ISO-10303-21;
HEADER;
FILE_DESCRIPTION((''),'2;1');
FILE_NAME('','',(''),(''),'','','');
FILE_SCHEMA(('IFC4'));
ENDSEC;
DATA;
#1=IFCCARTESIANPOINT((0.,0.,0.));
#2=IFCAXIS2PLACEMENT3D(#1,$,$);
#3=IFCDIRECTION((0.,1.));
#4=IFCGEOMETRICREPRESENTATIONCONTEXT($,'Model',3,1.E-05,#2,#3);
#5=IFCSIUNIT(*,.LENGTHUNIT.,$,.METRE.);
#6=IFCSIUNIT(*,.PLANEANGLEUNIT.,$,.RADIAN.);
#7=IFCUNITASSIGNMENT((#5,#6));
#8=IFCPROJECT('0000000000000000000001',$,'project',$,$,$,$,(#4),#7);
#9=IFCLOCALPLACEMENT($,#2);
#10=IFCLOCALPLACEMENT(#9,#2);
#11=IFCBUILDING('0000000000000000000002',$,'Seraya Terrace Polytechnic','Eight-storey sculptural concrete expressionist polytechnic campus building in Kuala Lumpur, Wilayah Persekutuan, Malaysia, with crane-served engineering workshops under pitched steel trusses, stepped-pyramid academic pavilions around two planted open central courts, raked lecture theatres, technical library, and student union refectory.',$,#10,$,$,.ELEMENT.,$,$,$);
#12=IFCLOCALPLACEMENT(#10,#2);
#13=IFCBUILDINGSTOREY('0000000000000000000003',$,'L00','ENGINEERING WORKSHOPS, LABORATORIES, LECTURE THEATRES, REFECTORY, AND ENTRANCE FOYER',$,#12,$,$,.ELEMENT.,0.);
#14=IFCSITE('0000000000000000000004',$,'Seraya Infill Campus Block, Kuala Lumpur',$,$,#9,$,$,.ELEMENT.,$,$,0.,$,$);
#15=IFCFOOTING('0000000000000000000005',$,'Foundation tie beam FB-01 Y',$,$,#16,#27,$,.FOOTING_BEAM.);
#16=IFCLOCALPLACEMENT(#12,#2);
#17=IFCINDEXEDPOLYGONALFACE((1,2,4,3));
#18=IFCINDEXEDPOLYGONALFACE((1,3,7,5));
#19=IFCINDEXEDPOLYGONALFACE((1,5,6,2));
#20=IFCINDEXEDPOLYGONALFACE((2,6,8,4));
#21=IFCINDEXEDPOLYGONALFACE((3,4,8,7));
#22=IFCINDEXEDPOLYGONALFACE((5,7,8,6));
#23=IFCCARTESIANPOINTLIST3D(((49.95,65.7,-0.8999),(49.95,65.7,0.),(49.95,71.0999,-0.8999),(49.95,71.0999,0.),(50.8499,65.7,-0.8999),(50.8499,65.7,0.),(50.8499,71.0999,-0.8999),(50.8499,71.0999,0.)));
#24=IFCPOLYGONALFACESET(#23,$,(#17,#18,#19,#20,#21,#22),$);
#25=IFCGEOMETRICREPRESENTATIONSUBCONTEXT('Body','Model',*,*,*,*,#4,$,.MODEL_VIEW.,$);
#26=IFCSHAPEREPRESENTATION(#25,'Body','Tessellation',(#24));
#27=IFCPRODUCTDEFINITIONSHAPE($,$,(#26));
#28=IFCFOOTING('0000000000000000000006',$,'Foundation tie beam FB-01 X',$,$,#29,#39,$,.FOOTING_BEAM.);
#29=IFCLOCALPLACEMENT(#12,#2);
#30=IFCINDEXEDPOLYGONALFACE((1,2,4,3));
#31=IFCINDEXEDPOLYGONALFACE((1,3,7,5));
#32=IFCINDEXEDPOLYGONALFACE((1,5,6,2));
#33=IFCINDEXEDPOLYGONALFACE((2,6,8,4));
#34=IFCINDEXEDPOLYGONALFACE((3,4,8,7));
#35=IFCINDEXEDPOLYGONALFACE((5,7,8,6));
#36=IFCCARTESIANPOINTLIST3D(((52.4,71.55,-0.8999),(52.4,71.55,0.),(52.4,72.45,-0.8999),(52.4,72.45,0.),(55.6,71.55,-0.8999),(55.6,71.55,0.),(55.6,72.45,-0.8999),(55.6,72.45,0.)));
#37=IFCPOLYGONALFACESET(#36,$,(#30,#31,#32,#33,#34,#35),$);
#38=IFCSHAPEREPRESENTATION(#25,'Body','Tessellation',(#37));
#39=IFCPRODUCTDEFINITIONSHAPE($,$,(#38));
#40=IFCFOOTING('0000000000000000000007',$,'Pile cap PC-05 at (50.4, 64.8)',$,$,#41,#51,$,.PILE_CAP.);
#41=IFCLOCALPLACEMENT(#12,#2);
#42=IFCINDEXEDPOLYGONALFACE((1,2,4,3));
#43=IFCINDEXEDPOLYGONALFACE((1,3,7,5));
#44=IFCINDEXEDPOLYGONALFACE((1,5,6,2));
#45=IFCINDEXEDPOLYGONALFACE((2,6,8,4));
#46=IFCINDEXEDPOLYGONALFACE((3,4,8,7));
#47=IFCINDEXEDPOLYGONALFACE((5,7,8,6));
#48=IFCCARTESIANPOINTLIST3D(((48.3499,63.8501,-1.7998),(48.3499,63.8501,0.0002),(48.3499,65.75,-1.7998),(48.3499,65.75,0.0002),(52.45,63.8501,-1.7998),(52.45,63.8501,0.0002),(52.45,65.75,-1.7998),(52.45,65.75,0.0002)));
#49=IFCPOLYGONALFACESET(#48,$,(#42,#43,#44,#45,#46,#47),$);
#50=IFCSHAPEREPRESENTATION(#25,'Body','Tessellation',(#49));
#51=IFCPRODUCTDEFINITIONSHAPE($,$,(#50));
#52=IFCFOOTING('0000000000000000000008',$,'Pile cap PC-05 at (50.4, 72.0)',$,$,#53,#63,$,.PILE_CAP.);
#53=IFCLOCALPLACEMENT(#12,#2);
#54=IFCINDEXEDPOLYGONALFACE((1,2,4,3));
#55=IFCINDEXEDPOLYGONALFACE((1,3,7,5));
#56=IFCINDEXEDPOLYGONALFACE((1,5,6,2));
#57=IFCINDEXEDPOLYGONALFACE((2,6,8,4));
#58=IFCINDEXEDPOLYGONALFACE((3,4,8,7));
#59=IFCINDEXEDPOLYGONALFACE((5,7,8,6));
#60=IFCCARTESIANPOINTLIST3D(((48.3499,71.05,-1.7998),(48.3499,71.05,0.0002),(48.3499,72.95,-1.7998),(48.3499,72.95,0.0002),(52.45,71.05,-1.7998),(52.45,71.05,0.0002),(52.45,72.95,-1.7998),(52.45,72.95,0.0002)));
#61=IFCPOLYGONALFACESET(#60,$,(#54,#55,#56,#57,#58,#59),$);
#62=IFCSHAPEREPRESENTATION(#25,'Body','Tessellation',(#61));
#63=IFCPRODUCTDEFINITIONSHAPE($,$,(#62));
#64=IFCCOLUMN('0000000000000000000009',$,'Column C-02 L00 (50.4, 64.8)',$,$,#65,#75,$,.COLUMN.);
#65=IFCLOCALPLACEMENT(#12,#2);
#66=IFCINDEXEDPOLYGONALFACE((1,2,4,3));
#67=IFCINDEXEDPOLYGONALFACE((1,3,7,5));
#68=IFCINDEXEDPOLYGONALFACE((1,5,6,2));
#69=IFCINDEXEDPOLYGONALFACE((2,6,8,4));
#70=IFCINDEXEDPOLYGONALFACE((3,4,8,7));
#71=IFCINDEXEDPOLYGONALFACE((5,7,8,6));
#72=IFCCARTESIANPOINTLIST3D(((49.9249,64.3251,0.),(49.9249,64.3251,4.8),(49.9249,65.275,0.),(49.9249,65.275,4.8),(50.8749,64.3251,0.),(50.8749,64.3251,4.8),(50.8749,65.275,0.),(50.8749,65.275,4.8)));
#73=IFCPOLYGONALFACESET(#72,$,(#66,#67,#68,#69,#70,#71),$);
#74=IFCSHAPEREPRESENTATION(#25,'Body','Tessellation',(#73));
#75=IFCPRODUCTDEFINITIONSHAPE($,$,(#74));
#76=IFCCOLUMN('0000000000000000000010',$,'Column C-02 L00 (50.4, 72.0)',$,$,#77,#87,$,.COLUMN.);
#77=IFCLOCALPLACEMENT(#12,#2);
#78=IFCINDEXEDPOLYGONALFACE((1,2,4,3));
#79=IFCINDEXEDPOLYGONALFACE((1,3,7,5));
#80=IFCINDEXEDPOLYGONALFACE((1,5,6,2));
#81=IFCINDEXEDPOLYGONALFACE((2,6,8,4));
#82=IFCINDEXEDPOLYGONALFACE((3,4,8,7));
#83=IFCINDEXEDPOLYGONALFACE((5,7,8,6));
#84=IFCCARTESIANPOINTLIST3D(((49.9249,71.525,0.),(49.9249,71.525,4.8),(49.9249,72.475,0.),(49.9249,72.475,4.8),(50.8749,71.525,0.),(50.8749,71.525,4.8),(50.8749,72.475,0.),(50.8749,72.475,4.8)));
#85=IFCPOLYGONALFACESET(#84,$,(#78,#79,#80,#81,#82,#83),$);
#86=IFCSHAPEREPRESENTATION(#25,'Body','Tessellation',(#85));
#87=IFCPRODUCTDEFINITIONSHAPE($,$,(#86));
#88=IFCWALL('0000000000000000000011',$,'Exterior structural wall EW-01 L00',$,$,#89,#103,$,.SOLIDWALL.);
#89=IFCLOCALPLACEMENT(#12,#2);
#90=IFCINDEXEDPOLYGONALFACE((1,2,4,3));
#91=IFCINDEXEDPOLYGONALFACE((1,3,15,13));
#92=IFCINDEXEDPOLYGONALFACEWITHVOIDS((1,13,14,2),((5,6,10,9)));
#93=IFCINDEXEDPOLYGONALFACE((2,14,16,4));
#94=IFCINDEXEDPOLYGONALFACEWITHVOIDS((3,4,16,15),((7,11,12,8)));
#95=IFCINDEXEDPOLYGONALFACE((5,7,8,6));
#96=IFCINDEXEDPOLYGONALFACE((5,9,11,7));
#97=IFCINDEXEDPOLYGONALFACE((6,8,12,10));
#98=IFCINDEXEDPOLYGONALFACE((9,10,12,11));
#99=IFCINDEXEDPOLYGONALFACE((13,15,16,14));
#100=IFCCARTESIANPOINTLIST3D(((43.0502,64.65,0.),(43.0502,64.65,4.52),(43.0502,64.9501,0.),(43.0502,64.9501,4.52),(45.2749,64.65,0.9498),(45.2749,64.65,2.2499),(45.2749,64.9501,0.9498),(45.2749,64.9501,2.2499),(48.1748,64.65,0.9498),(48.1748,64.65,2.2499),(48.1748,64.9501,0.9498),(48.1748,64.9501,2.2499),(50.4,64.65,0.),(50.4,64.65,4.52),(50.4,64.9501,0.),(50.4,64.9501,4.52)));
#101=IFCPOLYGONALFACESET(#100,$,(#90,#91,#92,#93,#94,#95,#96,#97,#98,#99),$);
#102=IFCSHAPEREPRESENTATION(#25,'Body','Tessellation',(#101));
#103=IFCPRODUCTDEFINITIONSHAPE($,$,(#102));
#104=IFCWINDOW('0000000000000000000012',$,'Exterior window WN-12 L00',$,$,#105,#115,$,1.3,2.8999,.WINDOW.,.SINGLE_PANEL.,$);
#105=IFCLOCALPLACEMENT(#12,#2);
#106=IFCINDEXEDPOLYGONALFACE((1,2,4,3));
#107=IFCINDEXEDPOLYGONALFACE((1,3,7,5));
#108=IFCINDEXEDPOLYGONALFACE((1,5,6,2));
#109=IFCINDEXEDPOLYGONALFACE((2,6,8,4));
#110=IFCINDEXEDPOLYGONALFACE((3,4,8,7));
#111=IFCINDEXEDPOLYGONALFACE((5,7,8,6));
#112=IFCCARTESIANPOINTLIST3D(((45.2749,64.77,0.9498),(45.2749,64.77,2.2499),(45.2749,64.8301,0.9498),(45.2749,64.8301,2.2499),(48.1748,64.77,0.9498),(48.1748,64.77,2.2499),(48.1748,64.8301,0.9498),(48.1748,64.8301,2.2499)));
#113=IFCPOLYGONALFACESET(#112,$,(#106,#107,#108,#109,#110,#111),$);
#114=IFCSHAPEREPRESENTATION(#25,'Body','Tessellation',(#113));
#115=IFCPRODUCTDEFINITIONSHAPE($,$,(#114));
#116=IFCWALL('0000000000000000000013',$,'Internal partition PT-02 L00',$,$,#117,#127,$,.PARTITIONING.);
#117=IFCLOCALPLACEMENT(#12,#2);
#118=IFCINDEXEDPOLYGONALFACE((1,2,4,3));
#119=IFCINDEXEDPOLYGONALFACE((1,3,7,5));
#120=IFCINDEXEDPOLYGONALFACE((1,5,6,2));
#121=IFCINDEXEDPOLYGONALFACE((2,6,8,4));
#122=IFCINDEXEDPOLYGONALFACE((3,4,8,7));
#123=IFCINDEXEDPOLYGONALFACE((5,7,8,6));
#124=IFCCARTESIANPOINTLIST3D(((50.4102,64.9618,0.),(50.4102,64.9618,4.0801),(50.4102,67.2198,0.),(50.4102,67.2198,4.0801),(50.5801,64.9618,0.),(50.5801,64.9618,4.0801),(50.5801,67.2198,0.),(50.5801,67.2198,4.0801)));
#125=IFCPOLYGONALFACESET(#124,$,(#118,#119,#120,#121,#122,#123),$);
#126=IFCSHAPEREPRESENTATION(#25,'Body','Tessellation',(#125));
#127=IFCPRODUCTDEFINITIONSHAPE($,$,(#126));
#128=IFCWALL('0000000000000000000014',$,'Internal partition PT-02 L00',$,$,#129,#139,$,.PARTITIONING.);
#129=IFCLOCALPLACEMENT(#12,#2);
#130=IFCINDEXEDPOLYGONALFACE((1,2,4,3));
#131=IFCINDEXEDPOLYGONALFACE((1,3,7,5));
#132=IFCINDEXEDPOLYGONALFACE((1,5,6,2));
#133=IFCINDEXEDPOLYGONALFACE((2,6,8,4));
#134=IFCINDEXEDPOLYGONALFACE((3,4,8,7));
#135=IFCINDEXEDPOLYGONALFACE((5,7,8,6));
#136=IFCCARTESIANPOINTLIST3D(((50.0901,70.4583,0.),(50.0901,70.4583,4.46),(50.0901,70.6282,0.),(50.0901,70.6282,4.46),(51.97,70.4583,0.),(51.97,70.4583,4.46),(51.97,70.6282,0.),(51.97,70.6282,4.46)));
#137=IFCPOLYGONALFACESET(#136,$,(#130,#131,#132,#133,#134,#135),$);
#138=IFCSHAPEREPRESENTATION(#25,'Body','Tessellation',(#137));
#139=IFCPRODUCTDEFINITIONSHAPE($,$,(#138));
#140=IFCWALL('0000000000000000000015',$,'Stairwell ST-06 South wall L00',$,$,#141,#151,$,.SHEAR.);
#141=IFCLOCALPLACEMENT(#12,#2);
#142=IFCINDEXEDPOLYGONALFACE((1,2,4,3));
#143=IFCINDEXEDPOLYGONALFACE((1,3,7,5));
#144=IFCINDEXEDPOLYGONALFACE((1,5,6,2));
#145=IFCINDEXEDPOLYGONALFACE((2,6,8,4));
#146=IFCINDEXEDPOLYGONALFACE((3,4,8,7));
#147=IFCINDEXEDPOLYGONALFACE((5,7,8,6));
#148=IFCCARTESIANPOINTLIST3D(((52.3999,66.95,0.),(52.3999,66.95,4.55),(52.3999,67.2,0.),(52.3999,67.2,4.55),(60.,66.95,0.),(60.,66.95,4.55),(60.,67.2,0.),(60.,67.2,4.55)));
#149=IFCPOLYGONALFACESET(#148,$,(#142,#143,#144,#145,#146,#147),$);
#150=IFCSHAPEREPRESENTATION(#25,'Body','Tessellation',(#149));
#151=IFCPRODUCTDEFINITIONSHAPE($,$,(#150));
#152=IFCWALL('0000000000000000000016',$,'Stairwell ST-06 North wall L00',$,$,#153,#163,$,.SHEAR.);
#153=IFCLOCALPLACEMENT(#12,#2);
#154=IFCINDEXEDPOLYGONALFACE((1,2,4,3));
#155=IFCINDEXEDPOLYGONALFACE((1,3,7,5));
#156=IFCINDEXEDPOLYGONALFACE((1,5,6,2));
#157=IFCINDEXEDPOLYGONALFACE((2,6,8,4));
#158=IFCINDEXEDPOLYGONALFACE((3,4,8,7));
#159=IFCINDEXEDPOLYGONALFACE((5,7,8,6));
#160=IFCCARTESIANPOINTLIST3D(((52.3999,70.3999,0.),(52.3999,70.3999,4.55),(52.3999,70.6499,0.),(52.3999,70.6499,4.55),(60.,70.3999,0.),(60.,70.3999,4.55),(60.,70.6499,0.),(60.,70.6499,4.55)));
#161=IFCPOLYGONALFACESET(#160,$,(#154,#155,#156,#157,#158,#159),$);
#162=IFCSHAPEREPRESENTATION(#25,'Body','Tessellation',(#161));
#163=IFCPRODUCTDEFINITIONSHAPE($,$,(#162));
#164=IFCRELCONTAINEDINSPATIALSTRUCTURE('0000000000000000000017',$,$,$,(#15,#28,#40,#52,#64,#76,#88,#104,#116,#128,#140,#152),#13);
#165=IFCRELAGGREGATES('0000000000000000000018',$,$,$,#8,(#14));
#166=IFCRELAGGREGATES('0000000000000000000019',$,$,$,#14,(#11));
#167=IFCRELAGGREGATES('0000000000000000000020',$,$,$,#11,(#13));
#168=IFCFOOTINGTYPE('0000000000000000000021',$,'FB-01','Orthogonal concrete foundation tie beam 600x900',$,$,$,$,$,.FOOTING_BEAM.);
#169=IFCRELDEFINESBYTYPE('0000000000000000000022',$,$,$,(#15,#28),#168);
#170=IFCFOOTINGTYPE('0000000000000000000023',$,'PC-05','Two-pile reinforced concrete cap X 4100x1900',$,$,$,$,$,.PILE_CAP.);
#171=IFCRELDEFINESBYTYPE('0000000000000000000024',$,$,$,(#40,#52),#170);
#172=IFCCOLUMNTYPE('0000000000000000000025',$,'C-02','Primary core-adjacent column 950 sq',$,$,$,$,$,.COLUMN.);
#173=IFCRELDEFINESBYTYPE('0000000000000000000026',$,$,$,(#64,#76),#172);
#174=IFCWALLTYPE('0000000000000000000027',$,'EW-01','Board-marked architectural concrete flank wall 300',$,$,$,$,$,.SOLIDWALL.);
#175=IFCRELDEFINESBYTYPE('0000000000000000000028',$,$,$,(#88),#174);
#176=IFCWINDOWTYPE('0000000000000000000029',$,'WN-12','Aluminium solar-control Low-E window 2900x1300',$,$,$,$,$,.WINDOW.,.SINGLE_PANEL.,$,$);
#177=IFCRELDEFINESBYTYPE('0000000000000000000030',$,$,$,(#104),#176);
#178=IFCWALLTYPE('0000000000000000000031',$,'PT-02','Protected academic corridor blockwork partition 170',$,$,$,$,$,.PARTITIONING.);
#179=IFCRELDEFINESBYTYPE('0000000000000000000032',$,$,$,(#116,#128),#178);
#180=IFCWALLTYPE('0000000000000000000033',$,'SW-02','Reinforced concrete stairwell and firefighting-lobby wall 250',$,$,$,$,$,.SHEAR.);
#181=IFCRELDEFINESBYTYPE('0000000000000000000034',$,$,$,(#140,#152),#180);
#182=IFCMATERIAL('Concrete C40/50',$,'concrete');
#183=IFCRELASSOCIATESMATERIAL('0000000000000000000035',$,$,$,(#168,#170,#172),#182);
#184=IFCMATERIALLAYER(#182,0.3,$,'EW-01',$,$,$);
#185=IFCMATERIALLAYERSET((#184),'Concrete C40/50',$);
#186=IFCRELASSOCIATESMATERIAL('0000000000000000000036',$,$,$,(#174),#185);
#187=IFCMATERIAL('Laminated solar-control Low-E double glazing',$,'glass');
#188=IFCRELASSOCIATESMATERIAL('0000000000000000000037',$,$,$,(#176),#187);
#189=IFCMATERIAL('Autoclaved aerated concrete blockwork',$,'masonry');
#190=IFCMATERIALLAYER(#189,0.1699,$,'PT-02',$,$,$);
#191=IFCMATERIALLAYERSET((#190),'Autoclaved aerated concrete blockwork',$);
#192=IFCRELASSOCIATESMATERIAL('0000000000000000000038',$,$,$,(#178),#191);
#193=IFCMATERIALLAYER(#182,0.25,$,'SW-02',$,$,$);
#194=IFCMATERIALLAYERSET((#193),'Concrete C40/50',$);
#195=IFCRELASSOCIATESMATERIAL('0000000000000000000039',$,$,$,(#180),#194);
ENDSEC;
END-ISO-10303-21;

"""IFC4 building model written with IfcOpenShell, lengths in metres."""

from ifc_helpers import new_model, si_unit, direction, frame, frame_2d, origin, origin_2d, place, context, subcontext, project, spatial, rectangle, extrude, material, layer, layer_set, material_profile, profile_set, type_object, element, fill, save


model = new_model("IFC4")

# Units and contexts
model_context = context("Model", 3, precision=1e-05, world=origin(), true_north=direction((0.0, 1.0)))
body_context = subcontext(model_context, "Body", "Model", "MODEL_VIEW")
ifc_project = project(units=[si_unit("LENGTHUNIT", "METRE"), si_unit("PLANEANGLEUNIT", "RADIAN")], contexts=[model_context])

# Site, building, storey
site_placement = place(None, origin())
site = spatial("IfcSite", under=ifc_project, at=site_placement, Name="Seraya Infill Campus Block, Kuala Lumpur", CompositionType="ELEMENT", RefElevation=0.0)
building_placement = place(site_placement, origin())
building = spatial("IfcBuilding", under=site, at=building_placement, Name="Seraya Terrace Polytechnic", Description="Eight-storey sculptural concrete expressionist polytechnic campus building in Kuala Lumpur, Wilayah Persekutuan, Malaysia, with crane-served engineering workshops under pitched steel trusses, stepped-pyramid academic pavilions around two planted open central courts, raked lecture theatres, technical library, and student union refectory.", CompositionType="ELEMENT")
storey_placement = place(building_placement, origin())
storey = spatial("IfcBuildingStorey", under=building, at=storey_placement, Name="L00", Description="ENGINEERING WORKSHOPS, LABORATORIES, LECTURE THEATRES, REFECTORY, AND ENTRANCE FOYER", CompositionType="ELEMENT", Elevation=0.0)

# Shared definitions
ifc_material_1 = material(Name="Concrete C40/50", Category="concrete")

# Footings
footing_type_1 = type_object("IfcFootingType", Name="FB-01", Description="Orthogonal concrete foundation tie beam 600x900", PredefinedType="FOOTING_BEAM", material=ifc_material_1)
footing_1_placement = place(storey_placement, frame((50.3999, 68.3999, -0.8999), z_axis=(0.0, 0.0, 1.0), x_axis=(0.0, 1.0, 0.0)))
element("IfcFooting", 1, at=footing_1_placement, inside=storey, type_object=footing_type_1, Name="Foundation tie beam FB-01 Y", PredefinedType="FOOTING_BEAM", context=body_context, shape_type="SweptSolid", body=[
    extrude(rectangle(XDim=5.3999, YDim=0.8999, at=origin_2d()), origin(), (0.0, 0.0, 1.0), 0.8999),
])
footing_2_placement = place(storey_placement, frame((54.0, 72.0, -0.8999), z_axis=(0.0, 0.0, 1.0), x_axis=(1.0, 0.0, 0.0)))
element("IfcFooting", 2, at=footing_2_placement, inside=storey, type_object=footing_type_1, Name="Foundation tie beam FB-01 X", PredefinedType="FOOTING_BEAM", context=body_context, shape_type="SweptSolid", body=[
    extrude(rectangle(XDim=3.2, YDim=0.8999, at=origin_2d()), origin(), (0.0, 0.0, 1.0), 0.8999),
])
footing_type_2 = type_object("IfcFootingType", Name="PC-05", Description="Two-pile reinforced concrete cap X 4100x1900", PredefinedType="PILE_CAP", material=ifc_material_1)
for number, where, z_axis, x_axis, name in (
    (3, (50.3999, 64.8, -1.7998), (0.0, 0.0, 1.0), (1.0, 0.0, 0.0), "Pile cap PC-05 at (50.4, 64.8)"),
    (4, (50.3999, 72.0, -1.7998), (0.0, 0.0, 1.0), (1.0, 0.0, 0.0), "Pile cap PC-05 at (50.4, 72.0)"),
):
    element("IfcFooting", number, at=place(storey_placement, frame(where, z_axis=z_axis, x_axis=x_axis)), inside=storey, type_object=footing_type_2, Name=name, PredefinedType="PILE_CAP", context=body_context, shape_type="SweptSolid", body=[
        extrude(rectangle(XDim=4.1001, YDim=1.8999, at=origin_2d()), origin(), (0.0, 0.0, 1.0), 1.8),
    ])

# Columns
ifc_material_profile_1 = material_profile(ifc_material_1, rectangle(XDim=0.95, YDim=0.95, at=origin_2d()), Name="RC 950x950")
ifc_profile_set_1 = profile_set([ifc_material_profile_1], Name="Concrete C40/50")
column_type = type_object("IfcColumnType", Name="C-02", Description="Primary core-adjacent column 950 sq", PredefinedType="COLUMN", material=ifc_profile_set_1)
for number, where, z_axis, x_axis, name in (
    (5, (50.3999, 64.8, 0.0), (0.0, 0.0, 1.0), (1.0, 0.0, 0.0), "Column C-02 L00 (50.4, 64.8)"),
    (6, (50.3999, 72.0, 0.0), (0.0, 0.0, 1.0), (1.0, 0.0, 0.0), "Column C-02 L00 (50.4, 72.0)"),
):
    element("IfcColumn", number, at=place(storey_placement, frame(where, z_axis=z_axis, x_axis=x_axis)), inside=storey, type_object=column_type, Name=name, PredefinedType="COLUMN", context=body_context, shape_type="SweptSolid", body=[
        extrude(rectangle(XDim=0.95, YDim=0.95, at=origin_2d()), origin(), (0.0, 0.0, 1.0), 4.8),
    ])

# Wall, opening, window
ifc_layer_1 = layer(ifc_material_1, 0.3, Name="EW-01")
ifc_layer_set_1 = layer_set([ifc_layer_1], Name="Concrete C40/50")
wall_type_1 = type_object("IfcWallType", Name="EW-01", Description="Board-marked architectural concrete flank wall 300", PredefinedType="SOLIDWALL", material=ifc_layer_set_1)
wall_1_placement = place(storey_placement, frame((50.3999, 64.8, 0.0), z_axis=(0.0, 0.0, 1.0), x_axis=(-1.0, 0.0, 0.0)))
wall_1 = element("IfcWall", 7, at=wall_1_placement, inside=storey, type_object=wall_type_1, Name="Exterior structural wall EW-01 L00", PredefinedType="SOLIDWALL", context=body_context, shape_type="SweptSolid", body=[
    extrude(rectangle(XDim=7.3499, YDim=0.3, at=frame_2d((3.6748, 0.0))), origin(), (0.0, 0.0, 1.0), 4.52),
])
opening_1_placement = place(wall_1_placement, frame((2.2251, 0.0, 0.95)))
opening_1 = element("IfcOpeningElement", 8, at=opening_1_placement, cuts=wall_1, PredefinedType="OPENING", context=body_context, shape_type="SweptSolid", body=[
    extrude(rectangle(XDim=2.8999, YDim=1.3, at=frame_2d((1.45, 0.6499))), frame((0.0, 0.1621, 0.0), z_axis=(0.0, -1.0, 0.0), x_axis=(1.0, 0.0, 0.0)), (0.0, 0.0, 1.0), 0.324),
])
ifc_material_2 = material(Name="Laminated solar-control Low-E double glazing", Category="glass")
window_type = type_object("IfcWindowType", Name="WN-12", Description="Aluminium solar-control Low-E window 2900x1300", PartitioningType="SINGLE_PANEL", PredefinedType="WINDOW", material=ifc_material_2)
window_placement = place(opening_1_placement, origin())
window = element("IfcWindow", 9, at=window_placement, inside=storey, type_object=window_type, Name="Exterior window WN-12 L00", OverallHeight=1.3, OverallWidth=2.8999, PartitioningType="SINGLE_PANEL", PredefinedType="WINDOW", context=body_context, shape_type="SweptSolid", body=[
    extrude(rectangle(XDim=2.8999, YDim=1.3, at=frame_2d((1.45, 0.6499))), frame((0.0, 0.03, 0.0), z_axis=(0.0, -1.0, 0.0), x_axis=(1.0, 0.0, 0.0)), (0.0, 0.0, 1.0), 0.0601),
])
fill(opening_1, window)

# Walls
ifc_material_3 = material(Name="Autoclaved aerated concrete blockwork", Category="masonry")
ifc_layer_2 = layer(ifc_material_3, 0.1699, Name="PT-02")
ifc_layer_set_2 = layer_set([ifc_layer_2], Name="Autoclaved aerated concrete blockwork")
wall_type_2 = type_object("IfcWallType", Name="PT-02", Description="Protected academic corridor blockwork partition 170", PredefinedType="PARTITIONING", material=ifc_layer_set_2)
wall_2_placement = place(storey_placement, frame((50.4951, 64.9619, 0.0), z_axis=(0.0, 0.0, 1.0), x_axis=(0.0, 1.0, 0.0)))
element("IfcWall", 10, at=wall_2_placement, inside=storey, type_object=wall_type_2, Name="Internal partition PT-02 L00", PredefinedType="PARTITIONING", context=body_context, shape_type="SweptSolid", body=[
    extrude(rectangle(XDim=2.2581, YDim=0.1699, at=frame_2d((1.1289, 0.0))), origin(), (0.0, 0.0, 1.0), 4.0801),
])
wall_3_placement = place(storey_placement, frame((50.0901, 70.5432, 0.0), z_axis=(0.0, 0.0, 1.0), x_axis=(1.0, 0.0, 0.0)))
element("IfcWall", 11, at=wall_3_placement, inside=storey, type_object=wall_type_2, Name="Internal partition PT-02 L00", PredefinedType="PARTITIONING", context=body_context, shape_type="SweptSolid", body=[
    extrude(rectangle(XDim=1.8799, YDim=0.1699, at=frame_2d((0.9399, 0.0))), origin(), (0.0, 0.0, 1.0), 4.46),
])

# Shared definitions
ifc_layer_3 = layer(ifc_material_1, 0.25, Name="SW-02")
ifc_layer_set_3 = layer_set([ifc_layer_3], Name="Concrete C40/50")
wall_type_3 = type_object("IfcWallType", Name="SW-02", Description="Reinforced concrete stairwell and firefighting-lobby wall 250", PredefinedType="SHEAR", material=ifc_layer_set_3)

# Walls
for number, where, z_axis, x_axis, name in (
    (12, (52.3999, 67.075, 0.0), (0.0, 0.0, 1.0), (1.0, 0.0, 0.0), "Stairwell ST-06 South wall L00"),
    (13, (52.3999, 70.5249, 0.0), (0.0, 0.0, 1.0), (1.0, 0.0, 0.0), "Stairwell ST-06 North wall L00"),
):
    element("IfcWall", number, at=place(storey_placement, frame(where, z_axis=z_axis, x_axis=x_axis)), inside=storey, type_object=wall_type_3, Name=name, PredefinedType="SHEAR", context=body_context, shape_type="SweptSolid", body=[
        extrude(rectangle(XDim=7.6001, YDim=0.25, at=frame_2d((3.8, 0.0))), origin(), (0.0, 0.0, 1.0), 4.55),
    ])

save(model, "model.ifc")
